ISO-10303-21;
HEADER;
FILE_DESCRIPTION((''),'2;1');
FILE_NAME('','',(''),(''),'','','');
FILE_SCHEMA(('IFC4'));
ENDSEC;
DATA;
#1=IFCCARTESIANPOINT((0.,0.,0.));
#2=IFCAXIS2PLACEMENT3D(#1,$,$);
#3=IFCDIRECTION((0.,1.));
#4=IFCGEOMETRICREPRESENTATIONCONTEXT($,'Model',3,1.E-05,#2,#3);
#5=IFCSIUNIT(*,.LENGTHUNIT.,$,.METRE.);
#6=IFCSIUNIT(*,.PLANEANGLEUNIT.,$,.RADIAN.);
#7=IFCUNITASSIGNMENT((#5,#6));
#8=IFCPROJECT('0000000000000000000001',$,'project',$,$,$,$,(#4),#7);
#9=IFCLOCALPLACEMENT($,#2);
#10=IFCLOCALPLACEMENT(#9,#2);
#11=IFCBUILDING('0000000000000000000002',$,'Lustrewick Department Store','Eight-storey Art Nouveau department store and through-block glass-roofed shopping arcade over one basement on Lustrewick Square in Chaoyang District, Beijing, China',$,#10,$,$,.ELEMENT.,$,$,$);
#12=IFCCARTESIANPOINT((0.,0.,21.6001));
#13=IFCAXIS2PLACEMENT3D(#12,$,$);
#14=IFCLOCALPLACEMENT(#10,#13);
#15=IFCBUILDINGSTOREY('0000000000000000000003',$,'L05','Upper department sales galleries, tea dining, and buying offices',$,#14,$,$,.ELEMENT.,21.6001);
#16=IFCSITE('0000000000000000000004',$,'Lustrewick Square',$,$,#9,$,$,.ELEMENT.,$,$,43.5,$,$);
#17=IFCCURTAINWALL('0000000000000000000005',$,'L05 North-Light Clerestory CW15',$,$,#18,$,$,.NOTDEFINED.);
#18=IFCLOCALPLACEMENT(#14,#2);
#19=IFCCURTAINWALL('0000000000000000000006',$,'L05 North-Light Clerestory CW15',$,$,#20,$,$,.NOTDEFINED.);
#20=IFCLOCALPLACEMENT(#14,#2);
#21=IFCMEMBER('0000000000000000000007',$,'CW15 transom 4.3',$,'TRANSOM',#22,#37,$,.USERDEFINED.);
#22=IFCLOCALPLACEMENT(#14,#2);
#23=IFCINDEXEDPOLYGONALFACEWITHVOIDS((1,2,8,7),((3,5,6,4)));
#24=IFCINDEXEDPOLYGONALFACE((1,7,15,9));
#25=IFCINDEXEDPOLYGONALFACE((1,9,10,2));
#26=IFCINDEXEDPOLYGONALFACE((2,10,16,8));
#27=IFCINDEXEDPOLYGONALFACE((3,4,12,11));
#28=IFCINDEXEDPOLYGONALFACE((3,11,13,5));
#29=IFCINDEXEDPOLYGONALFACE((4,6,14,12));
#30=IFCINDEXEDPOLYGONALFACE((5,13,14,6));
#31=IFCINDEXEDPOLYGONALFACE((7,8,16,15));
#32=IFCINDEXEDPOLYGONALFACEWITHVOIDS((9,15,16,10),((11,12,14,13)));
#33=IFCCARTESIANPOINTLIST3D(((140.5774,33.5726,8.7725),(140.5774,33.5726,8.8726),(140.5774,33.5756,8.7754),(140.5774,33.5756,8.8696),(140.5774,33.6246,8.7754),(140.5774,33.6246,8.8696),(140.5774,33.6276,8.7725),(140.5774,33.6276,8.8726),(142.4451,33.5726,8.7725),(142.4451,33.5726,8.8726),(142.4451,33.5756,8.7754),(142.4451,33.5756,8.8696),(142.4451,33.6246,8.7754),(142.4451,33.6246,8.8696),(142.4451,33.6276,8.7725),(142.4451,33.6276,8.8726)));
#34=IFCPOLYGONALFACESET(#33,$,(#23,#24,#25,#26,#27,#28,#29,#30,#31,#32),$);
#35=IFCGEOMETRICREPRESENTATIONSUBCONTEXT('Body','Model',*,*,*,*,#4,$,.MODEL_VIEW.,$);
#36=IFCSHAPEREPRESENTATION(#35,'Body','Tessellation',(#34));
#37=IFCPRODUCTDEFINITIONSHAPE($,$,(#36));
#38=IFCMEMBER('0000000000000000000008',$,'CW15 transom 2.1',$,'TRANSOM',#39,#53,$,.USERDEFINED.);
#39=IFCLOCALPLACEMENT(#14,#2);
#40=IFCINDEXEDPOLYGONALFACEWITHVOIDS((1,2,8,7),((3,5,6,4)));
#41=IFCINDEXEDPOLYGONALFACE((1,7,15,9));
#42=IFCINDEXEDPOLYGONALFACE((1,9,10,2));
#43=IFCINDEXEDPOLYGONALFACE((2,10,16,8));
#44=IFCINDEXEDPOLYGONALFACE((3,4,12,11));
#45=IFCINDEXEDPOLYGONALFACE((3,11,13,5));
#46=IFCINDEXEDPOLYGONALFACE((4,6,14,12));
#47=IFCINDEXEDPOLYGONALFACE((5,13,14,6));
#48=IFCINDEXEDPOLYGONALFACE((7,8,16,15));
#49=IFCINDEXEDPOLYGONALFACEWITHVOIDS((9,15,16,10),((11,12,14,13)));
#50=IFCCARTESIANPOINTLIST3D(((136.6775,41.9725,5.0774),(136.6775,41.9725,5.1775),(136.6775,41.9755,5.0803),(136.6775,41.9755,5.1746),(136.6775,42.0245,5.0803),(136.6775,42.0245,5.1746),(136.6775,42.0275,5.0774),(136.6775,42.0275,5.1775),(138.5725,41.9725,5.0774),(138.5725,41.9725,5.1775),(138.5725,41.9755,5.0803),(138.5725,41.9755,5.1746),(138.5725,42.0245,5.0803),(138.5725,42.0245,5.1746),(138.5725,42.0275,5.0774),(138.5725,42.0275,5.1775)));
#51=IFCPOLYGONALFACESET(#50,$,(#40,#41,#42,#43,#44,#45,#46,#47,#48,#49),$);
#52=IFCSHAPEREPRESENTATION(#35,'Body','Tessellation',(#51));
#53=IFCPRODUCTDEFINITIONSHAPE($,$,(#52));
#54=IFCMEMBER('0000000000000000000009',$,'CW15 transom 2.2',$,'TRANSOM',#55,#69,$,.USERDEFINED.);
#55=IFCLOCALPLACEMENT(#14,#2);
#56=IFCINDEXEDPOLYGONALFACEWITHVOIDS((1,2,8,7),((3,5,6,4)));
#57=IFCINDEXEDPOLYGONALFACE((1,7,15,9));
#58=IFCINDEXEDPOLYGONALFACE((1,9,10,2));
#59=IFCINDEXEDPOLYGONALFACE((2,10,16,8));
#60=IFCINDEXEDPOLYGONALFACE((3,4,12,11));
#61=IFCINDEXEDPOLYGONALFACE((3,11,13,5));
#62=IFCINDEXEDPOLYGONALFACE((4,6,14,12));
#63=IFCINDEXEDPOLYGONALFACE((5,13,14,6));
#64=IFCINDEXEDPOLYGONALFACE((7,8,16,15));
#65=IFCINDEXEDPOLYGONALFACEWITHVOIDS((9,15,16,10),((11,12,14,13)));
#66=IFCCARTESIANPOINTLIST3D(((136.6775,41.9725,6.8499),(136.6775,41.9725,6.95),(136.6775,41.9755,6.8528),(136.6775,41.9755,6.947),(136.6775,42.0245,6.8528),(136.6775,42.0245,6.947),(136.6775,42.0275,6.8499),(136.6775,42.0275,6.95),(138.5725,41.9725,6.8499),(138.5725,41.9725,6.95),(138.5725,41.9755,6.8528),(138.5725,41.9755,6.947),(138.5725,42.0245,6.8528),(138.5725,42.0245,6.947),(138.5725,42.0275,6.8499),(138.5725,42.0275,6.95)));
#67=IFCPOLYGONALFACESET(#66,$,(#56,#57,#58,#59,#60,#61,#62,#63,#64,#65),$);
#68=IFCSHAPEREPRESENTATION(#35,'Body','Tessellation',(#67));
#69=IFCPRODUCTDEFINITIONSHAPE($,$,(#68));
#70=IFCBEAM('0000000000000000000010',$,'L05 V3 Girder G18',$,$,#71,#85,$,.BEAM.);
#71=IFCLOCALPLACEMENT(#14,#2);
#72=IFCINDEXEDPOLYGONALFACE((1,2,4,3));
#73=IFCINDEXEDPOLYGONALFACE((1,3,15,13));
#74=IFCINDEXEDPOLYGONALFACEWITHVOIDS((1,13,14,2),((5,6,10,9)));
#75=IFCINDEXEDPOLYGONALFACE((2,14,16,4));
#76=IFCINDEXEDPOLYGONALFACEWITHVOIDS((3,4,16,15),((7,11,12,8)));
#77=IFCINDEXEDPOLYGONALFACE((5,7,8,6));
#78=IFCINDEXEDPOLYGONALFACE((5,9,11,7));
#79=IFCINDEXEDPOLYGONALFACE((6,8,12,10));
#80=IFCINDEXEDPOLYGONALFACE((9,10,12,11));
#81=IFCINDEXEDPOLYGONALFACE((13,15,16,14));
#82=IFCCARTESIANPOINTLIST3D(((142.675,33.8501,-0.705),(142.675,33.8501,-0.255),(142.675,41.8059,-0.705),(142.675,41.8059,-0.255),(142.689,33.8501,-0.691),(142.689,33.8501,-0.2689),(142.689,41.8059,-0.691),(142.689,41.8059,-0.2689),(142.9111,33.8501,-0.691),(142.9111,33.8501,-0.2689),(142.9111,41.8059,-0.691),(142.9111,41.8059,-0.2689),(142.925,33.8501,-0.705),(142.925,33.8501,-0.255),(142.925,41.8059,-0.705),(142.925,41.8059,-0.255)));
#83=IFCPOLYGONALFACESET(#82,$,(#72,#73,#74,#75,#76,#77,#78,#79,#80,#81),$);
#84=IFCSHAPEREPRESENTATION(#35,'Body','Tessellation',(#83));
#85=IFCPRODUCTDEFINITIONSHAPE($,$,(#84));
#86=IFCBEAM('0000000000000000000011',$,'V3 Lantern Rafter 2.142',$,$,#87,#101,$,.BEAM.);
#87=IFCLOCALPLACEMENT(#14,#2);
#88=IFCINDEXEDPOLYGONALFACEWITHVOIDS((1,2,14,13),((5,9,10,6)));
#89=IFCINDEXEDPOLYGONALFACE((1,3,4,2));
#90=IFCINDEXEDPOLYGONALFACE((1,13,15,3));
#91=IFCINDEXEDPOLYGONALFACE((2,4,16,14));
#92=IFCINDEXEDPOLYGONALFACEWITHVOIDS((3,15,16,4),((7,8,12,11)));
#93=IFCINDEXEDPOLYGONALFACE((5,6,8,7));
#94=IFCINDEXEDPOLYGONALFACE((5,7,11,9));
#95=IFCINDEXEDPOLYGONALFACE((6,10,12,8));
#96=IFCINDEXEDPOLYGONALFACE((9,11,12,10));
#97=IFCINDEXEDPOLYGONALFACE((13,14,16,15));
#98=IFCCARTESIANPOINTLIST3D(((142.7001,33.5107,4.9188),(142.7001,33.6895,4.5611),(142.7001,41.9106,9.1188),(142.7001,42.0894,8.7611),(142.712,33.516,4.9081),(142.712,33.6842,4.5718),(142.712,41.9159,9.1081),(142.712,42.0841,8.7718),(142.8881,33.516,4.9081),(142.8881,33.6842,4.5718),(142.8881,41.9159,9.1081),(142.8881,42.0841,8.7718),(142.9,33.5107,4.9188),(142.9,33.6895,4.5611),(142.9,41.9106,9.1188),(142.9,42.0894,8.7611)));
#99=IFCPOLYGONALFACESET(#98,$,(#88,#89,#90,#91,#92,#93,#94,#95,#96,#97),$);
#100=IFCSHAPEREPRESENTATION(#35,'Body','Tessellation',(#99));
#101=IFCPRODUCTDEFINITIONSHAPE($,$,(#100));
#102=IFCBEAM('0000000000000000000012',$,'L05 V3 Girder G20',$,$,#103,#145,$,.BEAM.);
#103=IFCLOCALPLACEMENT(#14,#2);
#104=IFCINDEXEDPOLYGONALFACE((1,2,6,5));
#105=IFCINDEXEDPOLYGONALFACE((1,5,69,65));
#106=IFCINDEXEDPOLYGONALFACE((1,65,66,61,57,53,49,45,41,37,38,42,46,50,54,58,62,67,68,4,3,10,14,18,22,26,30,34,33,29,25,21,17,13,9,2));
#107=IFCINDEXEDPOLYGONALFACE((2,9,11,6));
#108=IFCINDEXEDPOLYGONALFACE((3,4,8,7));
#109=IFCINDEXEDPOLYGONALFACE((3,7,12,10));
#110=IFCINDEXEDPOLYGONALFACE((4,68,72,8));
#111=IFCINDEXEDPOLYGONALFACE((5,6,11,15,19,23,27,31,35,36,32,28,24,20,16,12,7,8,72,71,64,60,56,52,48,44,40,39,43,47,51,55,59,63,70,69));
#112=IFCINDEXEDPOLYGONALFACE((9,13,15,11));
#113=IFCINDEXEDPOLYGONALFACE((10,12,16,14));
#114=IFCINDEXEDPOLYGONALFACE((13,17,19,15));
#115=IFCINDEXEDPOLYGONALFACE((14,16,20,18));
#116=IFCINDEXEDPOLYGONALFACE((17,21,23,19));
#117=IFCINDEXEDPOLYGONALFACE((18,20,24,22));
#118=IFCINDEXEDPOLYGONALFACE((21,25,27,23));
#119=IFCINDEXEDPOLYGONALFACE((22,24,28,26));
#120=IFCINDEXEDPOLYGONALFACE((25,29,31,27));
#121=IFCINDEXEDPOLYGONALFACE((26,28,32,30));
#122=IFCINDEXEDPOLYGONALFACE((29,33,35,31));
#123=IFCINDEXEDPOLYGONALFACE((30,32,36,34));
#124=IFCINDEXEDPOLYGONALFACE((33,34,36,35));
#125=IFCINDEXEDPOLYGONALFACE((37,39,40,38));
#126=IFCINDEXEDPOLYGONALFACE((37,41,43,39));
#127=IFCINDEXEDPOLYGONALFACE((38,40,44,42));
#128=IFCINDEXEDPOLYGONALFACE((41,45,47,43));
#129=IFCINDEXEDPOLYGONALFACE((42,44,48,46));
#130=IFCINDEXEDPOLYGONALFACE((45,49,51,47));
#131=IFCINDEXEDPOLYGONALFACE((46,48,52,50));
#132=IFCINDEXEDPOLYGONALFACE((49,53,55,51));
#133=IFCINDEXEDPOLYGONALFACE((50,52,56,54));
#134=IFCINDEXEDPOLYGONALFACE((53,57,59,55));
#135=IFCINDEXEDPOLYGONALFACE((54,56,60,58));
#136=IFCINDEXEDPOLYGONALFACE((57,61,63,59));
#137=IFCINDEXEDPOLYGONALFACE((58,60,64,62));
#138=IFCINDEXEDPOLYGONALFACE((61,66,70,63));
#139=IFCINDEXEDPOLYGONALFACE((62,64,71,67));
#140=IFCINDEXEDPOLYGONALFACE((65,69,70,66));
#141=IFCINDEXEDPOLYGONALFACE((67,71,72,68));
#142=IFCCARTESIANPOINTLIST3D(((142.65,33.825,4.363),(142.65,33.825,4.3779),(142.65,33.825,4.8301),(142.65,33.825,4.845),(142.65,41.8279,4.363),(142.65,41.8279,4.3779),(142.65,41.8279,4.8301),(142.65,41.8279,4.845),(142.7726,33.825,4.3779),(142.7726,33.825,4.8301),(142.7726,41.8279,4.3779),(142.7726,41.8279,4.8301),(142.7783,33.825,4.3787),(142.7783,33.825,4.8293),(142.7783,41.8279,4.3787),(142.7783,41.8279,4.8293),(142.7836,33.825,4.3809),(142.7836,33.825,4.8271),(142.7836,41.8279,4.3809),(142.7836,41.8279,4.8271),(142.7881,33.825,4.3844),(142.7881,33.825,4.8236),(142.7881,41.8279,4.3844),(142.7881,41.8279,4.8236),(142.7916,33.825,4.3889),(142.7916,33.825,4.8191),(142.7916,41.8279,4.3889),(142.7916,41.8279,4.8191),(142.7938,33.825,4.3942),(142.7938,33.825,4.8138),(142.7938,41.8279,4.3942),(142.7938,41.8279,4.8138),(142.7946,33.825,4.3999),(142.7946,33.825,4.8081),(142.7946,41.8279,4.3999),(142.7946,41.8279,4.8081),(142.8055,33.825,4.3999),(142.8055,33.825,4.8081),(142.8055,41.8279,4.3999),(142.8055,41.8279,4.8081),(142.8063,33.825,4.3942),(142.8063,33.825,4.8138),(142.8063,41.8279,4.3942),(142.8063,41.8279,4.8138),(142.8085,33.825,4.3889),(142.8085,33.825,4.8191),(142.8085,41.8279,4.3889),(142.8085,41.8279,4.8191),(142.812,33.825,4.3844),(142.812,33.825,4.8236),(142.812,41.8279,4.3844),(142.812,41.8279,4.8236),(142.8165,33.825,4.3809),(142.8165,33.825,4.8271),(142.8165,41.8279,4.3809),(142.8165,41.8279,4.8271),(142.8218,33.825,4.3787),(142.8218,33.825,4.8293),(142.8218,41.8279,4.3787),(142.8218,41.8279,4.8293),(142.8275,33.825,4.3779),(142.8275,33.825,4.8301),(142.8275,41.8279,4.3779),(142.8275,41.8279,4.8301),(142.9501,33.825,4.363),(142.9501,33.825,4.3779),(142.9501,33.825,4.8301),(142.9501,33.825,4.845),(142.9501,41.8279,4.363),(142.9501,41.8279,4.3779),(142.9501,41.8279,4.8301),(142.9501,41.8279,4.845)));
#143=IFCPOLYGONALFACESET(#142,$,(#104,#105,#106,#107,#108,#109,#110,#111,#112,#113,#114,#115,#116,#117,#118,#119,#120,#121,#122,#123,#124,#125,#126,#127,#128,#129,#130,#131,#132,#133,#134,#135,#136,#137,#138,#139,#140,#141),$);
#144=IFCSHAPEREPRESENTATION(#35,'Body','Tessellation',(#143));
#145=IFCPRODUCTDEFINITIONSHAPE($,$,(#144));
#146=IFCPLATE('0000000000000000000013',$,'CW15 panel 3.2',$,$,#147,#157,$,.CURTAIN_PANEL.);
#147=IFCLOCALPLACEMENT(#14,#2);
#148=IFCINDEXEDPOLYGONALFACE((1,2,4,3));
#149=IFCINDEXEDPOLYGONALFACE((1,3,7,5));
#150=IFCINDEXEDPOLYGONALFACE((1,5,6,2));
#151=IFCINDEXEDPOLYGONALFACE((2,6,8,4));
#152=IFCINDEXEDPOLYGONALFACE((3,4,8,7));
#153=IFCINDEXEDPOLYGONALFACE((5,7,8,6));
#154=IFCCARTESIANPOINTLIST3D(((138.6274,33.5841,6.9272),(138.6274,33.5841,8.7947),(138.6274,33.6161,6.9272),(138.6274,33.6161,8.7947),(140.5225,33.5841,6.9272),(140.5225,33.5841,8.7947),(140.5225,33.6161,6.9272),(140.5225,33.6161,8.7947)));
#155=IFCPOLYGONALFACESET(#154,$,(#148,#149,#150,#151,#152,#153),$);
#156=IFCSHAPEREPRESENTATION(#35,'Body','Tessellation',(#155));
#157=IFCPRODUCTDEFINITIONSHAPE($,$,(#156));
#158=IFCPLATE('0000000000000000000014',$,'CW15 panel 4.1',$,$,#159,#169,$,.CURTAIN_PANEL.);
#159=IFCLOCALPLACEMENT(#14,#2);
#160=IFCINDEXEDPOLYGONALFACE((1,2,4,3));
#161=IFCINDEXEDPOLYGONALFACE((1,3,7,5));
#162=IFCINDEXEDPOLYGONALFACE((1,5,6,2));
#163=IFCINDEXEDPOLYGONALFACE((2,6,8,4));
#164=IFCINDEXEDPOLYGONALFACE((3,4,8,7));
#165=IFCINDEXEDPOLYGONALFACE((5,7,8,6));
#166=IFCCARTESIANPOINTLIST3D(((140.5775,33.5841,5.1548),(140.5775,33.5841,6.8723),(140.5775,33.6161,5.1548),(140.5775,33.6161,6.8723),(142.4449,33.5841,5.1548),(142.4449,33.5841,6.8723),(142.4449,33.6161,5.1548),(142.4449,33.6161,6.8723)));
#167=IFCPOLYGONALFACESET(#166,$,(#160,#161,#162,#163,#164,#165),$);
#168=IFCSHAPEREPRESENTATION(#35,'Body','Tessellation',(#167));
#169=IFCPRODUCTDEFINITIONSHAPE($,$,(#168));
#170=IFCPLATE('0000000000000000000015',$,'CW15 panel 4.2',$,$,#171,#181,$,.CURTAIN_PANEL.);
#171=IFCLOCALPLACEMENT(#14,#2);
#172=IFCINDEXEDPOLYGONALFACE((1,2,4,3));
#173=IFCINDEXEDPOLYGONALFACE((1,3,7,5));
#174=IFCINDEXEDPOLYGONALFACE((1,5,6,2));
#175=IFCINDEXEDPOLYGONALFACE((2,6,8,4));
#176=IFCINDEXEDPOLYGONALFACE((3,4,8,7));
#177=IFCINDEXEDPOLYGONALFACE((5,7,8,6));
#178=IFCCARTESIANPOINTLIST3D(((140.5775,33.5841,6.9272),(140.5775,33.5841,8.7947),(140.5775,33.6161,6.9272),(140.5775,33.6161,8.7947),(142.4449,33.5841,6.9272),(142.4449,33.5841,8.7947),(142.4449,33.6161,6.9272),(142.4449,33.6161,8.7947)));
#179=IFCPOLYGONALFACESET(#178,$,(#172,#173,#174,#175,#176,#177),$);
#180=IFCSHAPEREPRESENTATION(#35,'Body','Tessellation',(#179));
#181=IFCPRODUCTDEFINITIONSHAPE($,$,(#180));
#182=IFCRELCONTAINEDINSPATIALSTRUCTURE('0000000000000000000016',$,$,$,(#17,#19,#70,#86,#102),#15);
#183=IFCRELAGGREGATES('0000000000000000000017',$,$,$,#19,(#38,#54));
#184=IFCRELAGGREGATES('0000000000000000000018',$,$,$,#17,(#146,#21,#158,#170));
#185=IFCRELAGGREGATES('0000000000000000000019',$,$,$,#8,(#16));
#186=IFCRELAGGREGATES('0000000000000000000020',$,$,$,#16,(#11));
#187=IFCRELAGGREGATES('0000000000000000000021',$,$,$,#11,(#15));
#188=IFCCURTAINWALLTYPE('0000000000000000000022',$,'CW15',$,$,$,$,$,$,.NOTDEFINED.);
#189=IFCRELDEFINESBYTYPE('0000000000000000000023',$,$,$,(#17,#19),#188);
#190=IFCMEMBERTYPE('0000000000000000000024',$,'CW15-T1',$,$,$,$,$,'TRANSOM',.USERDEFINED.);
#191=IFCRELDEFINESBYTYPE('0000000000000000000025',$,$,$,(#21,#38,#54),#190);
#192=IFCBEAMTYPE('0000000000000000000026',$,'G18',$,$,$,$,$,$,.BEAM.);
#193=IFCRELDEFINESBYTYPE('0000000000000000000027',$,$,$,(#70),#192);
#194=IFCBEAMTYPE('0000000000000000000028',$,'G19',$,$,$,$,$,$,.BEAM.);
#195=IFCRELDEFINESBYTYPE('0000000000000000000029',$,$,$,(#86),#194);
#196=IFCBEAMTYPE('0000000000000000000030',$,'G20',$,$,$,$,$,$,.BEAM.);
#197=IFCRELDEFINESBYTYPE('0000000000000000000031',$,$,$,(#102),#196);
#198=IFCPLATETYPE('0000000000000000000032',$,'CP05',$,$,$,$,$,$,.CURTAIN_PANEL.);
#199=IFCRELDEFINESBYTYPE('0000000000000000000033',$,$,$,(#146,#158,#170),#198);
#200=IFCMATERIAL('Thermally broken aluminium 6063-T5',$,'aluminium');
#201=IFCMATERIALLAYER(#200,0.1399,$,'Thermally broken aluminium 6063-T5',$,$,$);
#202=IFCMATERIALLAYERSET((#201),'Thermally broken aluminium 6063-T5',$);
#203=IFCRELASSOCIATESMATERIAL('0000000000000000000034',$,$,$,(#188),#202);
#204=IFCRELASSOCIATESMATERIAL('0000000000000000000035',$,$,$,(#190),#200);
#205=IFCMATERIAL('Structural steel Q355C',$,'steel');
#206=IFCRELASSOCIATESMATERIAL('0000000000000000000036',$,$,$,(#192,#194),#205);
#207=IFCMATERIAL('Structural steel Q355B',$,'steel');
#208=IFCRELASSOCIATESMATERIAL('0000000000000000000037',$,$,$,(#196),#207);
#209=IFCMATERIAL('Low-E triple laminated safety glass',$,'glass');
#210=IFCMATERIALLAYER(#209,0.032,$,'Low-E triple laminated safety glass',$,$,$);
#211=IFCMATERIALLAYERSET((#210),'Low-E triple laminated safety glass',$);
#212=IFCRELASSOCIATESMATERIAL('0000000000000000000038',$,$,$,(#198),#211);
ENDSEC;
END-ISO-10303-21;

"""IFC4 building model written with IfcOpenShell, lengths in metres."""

from ifc_helpers import new_model, si_unit, direction, frame, origin, origin_2d, place, context, subcontext, project, spatial, rectangle, hollow_rectangle, i_section, extrude, material, layer, layer_set, material_profile, profile_set, type_object, element, aggregate, save


model = new_model("IFC4")

# Units and contexts
model_context = context("Model", 3, precision=1e-05, world=origin(), true_north=direction((0.0, 1.0)))
body_context = subcontext(model_context, "Body", "Model", "MODEL_VIEW")
ifc_project = project(units=[si_unit("LENGTHUNIT", "METRE"), si_unit("PLANEANGLEUNIT", "RADIAN")], contexts=[model_context])

# Site, building, storey
site_placement = place(None, origin())
site = spatial("IfcSite", under=ifc_project, at=site_placement, Name="Lustrewick Square", CompositionType="ELEMENT", RefElevation=43.5)
building_placement = place(site_placement, origin())
building = spatial("IfcBuilding", under=site, at=building_placement, Name="Lustrewick Department Store", Description="Eight-storey Art Nouveau department store and through-block glass-roofed shopping arcade over one basement on Lustrewick Square in Chaoyang District, Beijing, China", CompositionType="ELEMENT")
storey_placement = place(building_placement, frame((0.0, 0.0, 21.6001)))
storey = spatial("IfcBuildingStorey", under=building, at=storey_placement, Name="L05", Description="Upper department sales galleries, tea dining, and buying offices", CompositionType="ELEMENT", Elevation=21.6001)

# Shared definitions
ifc_material_1 = material(Name="Structural steel Q355B", Category="steel")

# Curtain wall
ifc_material_2 = material(Name="Thermally broken aluminium 6063-T5", Category="aluminium")
ifc_layer_1 = layer(ifc_material_2, 0.1399, Name="Thermally broken aluminium 6063-T5")
ifc_layer_set_1 = layer_set([ifc_layer_1], Name="Thermally broken aluminium 6063-T5")
curtain_wall_type = type_object("IfcCurtainWallType", Name="CW15", PredefinedType="NOTDEFINED", material=ifc_layer_set_1)
curtain_wall_1_placement = place(storey_placement, origin())
curtain_wall_1 = element("IfcCurtainWall", 1, at=curtain_wall_1_placement, inside=storey, type_object=curtain_wall_type, Name="L05 North-Light Clerestory CW15", PredefinedType="NOTDEFINED")

# Curtain wall
curtain_wall_2_placement = place(storey_placement, origin())
curtain_wall_2 = element("IfcCurtainWall", 2, at=curtain_wall_2_placement, inside=storey, type_object=curtain_wall_type, Name="L05 North-Light Clerestory CW15", PredefinedType="NOTDEFINED")

# Members
ifc_material_profile_1 = material_profile(ifc_material_2, hollow_rectangle(XDim=0.0549, YDim=0.1001, WallThickness=0.0029, at=origin_2d()), Name="ALU-T 55x100x3")
ifc_profile_set_1 = profile_set([ifc_material_profile_1], Name="Thermally broken aluminium 6063-T5")
member_type_1 = type_object("IfcMemberType", Name="CW15-T1", ElementType="TRANSOM", PredefinedType="USERDEFINED", material=ifc_profile_set_1)
member_1_placement = place(storey_placement, frame((140.5774, 33.6001, 8.8225), z_axis=(1.0, 0.0, 0.0), x_axis=(0.0, 1.0, 0.0)))
member_1 = element("IfcMember", 3, at=member_1_placement, type_object=member_type_1, Name="CW15 transom 4.3", ObjectType="TRANSOM", PredefinedType="USERDEFINED", context=body_context, shape_type="SweptSolid", body=[
    extrude(hollow_rectangle(XDim=0.0549, YDim=0.1001, WallThickness=0.0029, at=origin_2d()), origin(), (0.0, 0.0, 1.0), 1.8677),
])
member_2_placement = place(storey_placement, frame((136.6775, 42.0, 5.1274), z_axis=(1.0, 0.0, 0.0), x_axis=(0.0, 1.0, 0.0)))
member_2 = element("IfcMember", 4, at=member_2_placement, type_object=member_type_1, Name="CW15 transom 2.1", ObjectType="TRANSOM", PredefinedType="USERDEFINED", context=body_context, shape_type="SweptSolid", body=[
    extrude(hollow_rectangle(XDim=0.0549, YDim=0.1001, WallThickness=0.0029, at=origin_2d()), origin(), (0.0, 0.0, 1.0), 1.895),
])
member_3_placement = place(storey_placement, frame((136.6775, 42.0, 6.8999), z_axis=(1.0, 0.0, 0.0), x_axis=(0.0, 1.0, 0.0)))
member_3 = element("IfcMember", 5, at=member_3_placement, type_object=member_type_1, Name="CW15 transom 2.2", ObjectType="TRANSOM", PredefinedType="USERDEFINED", context=body_context, shape_type="SweptSolid", body=[
    extrude(hollow_rectangle(XDim=0.0549, YDim=0.1001, WallThickness=0.0029, at=origin_2d()), origin(), (0.0, 0.0, 1.0), 1.895),
])
aggregate(curtain_wall_2, [member_2, member_3])

# Beams
ifc_material_3 = material(Name="Structural steel Q355C", Category="steel")
ifc_material_profile_2 = material_profile(ifc_material_3, hollow_rectangle(XDim=0.25, YDim=0.45, WallThickness=0.0139, at=origin_2d()), Name="RHS 450x250x14")
ifc_profile_set_2 = profile_set([ifc_material_profile_2], Name="Structural steel Q355C")
beam_type_1 = type_object("IfcBeamType", Name="G18", PredefinedType="BEAM", material=ifc_profile_set_2)
beam_1_placement = place(storey_placement, frame((142.8, 33.8501, -0.48), z_axis=(0.0, 1.0, 0.0), x_axis=(-1.0, 0.0, 0.0)))
element("IfcBeam", 6, at=beam_1_placement, inside=storey, type_object=beam_type_1, Name="L05 V3 Girder G18", PredefinedType="BEAM", context=body_context, shape_type="SweptSolid", body=[
    extrude(hollow_rectangle(XDim=0.25, YDim=0.45, WallThickness=0.0139, at=origin_2d()), origin(), (0.0, 0.0, 1.0), 7.9558),
])
ifc_material_profile_3 = material_profile(ifc_material_3, hollow_rectangle(XDim=0.2, YDim=0.3999, WallThickness=0.012, at=origin_2d()), Name="RHS 400x200x12")
ifc_profile_set_3 = profile_set([ifc_material_profile_3], Name="Structural steel Q355C")
beam_type_2 = type_object("IfcBeamType", Name="G19", PredefinedType="BEAM", material=ifc_profile_set_3)
beam_2_placement = place(storey_placement, frame((142.8, 33.6001, 4.74), z_axis=(0.0, 0.894427, 0.447214), x_axis=(-1.0, 0.0, 0.0)))
element("IfcBeam", 7, at=beam_2_placement, inside=storey, type_object=beam_type_2, Name="V3 Lantern Rafter 2.142", PredefinedType="BEAM", context=body_context, shape_type="SweptSolid", body=[
    extrude(hollow_rectangle(XDim=0.2, YDim=0.3999, WallThickness=0.012, at=origin_2d()), origin(), (0.0, 0.0, 1.0), 9.3914),
])
ifc_material_profile_4 = material_profile(ifc_material_1, i_section(OverallWidth=0.3, OverallDepth=0.4819, WebThickness=0.011, FlangeThickness=0.0149, FilletRadius=0.022, at=origin_2d()), Name="HM 482x300x11x15")
ifc_profile_set_4 = profile_set([ifc_material_profile_4], Name="Structural steel Q355B")
beam_type_3 = type_object("IfcBeamType", Name="G20", PredefinedType="BEAM", material=ifc_profile_set_4)
beam_3_placement = place(storey_placement, frame((142.8, 33.825, 4.604), z_axis=(0.0, 1.0, 0.0), x_axis=(-1.0, 0.0, 0.0)))
element("IfcBeam", 8, at=beam_3_placement, inside=storey, type_object=beam_type_3, Name="L05 V3 Girder G20", PredefinedType="BEAM", context=body_context, shape_type="SweptSolid", body=[
    extrude(i_section(OverallWidth=0.3, OverallDepth=0.4819, WebThickness=0.011, FlangeThickness=0.0149, FilletRadius=0.022, at=origin_2d()), origin(), (0.0, 0.0, 1.0), 8.0029),
])

# Plates
ifc_material_4 = material(Name="Low-E triple laminated safety glass", Category="glass")
ifc_layer_2 = layer(ifc_material_4, 0.032, Name="Low-E triple laminated safety glass")
ifc_layer_set_2 = layer_set([ifc_layer_2], Name="Low-E triple laminated safety glass")
plate_type = type_object("IfcPlateType", Name="CP05", PredefinedType="CURTAIN_PANEL", material=ifc_layer_set_2)
plate_1_placement = place(storey_placement, frame((139.575, 33.6001, 6.9272), z_axis=(0.0, 0.0, 1.0), x_axis=(1.0, 0.0, 0.0)))
plate_1 = element("IfcPlate", 9, at=plate_1_placement, type_object=plate_type, Name="CW15 panel 3.2", PredefinedType="CURTAIN_PANEL", context=body_context, shape_type="SweptSolid", body=[
    extrude(rectangle(XDim=1.895, YDim=0.032, at=origin_2d()), origin(), (0.0, 0.0, 1.0), 1.8674),
])
plate_2_placement = place(storey_placement, frame((141.5112, 33.6001, 5.1548), z_axis=(0.0, 0.0, 1.0), x_axis=(1.0, 0.0, 0.0)))
plate_2 = element("IfcPlate", 10, at=plate_2_placement, type_object=plate_type, Name="CW15 panel 4.1", PredefinedType="CURTAIN_PANEL", context=body_context, shape_type="SweptSolid", body=[
    extrude(rectangle(XDim=1.8674, YDim=0.032, at=origin_2d()), origin(), (0.0, 0.0, 1.0), 1.7175),
])
plate_3_placement = place(storey_placement, frame((141.5112, 33.6001, 6.9272), z_axis=(0.0, 0.0, 1.0), x_axis=(1.0, 0.0, 0.0)))
plate_3 = element("IfcPlate", 11, at=plate_3_placement, type_object=plate_type, Name="CW15 panel 4.2", PredefinedType="CURTAIN_PANEL", context=body_context, shape_type="SweptSolid", body=[
    extrude(rectangle(XDim=1.8674, YDim=0.032, at=origin_2d()), origin(), (0.0, 0.0, 1.0), 1.8674),
])
aggregate(curtain_wall_1, [plate_1, member_1, plate_2, plate_3])

save(model, "model.ifc")
